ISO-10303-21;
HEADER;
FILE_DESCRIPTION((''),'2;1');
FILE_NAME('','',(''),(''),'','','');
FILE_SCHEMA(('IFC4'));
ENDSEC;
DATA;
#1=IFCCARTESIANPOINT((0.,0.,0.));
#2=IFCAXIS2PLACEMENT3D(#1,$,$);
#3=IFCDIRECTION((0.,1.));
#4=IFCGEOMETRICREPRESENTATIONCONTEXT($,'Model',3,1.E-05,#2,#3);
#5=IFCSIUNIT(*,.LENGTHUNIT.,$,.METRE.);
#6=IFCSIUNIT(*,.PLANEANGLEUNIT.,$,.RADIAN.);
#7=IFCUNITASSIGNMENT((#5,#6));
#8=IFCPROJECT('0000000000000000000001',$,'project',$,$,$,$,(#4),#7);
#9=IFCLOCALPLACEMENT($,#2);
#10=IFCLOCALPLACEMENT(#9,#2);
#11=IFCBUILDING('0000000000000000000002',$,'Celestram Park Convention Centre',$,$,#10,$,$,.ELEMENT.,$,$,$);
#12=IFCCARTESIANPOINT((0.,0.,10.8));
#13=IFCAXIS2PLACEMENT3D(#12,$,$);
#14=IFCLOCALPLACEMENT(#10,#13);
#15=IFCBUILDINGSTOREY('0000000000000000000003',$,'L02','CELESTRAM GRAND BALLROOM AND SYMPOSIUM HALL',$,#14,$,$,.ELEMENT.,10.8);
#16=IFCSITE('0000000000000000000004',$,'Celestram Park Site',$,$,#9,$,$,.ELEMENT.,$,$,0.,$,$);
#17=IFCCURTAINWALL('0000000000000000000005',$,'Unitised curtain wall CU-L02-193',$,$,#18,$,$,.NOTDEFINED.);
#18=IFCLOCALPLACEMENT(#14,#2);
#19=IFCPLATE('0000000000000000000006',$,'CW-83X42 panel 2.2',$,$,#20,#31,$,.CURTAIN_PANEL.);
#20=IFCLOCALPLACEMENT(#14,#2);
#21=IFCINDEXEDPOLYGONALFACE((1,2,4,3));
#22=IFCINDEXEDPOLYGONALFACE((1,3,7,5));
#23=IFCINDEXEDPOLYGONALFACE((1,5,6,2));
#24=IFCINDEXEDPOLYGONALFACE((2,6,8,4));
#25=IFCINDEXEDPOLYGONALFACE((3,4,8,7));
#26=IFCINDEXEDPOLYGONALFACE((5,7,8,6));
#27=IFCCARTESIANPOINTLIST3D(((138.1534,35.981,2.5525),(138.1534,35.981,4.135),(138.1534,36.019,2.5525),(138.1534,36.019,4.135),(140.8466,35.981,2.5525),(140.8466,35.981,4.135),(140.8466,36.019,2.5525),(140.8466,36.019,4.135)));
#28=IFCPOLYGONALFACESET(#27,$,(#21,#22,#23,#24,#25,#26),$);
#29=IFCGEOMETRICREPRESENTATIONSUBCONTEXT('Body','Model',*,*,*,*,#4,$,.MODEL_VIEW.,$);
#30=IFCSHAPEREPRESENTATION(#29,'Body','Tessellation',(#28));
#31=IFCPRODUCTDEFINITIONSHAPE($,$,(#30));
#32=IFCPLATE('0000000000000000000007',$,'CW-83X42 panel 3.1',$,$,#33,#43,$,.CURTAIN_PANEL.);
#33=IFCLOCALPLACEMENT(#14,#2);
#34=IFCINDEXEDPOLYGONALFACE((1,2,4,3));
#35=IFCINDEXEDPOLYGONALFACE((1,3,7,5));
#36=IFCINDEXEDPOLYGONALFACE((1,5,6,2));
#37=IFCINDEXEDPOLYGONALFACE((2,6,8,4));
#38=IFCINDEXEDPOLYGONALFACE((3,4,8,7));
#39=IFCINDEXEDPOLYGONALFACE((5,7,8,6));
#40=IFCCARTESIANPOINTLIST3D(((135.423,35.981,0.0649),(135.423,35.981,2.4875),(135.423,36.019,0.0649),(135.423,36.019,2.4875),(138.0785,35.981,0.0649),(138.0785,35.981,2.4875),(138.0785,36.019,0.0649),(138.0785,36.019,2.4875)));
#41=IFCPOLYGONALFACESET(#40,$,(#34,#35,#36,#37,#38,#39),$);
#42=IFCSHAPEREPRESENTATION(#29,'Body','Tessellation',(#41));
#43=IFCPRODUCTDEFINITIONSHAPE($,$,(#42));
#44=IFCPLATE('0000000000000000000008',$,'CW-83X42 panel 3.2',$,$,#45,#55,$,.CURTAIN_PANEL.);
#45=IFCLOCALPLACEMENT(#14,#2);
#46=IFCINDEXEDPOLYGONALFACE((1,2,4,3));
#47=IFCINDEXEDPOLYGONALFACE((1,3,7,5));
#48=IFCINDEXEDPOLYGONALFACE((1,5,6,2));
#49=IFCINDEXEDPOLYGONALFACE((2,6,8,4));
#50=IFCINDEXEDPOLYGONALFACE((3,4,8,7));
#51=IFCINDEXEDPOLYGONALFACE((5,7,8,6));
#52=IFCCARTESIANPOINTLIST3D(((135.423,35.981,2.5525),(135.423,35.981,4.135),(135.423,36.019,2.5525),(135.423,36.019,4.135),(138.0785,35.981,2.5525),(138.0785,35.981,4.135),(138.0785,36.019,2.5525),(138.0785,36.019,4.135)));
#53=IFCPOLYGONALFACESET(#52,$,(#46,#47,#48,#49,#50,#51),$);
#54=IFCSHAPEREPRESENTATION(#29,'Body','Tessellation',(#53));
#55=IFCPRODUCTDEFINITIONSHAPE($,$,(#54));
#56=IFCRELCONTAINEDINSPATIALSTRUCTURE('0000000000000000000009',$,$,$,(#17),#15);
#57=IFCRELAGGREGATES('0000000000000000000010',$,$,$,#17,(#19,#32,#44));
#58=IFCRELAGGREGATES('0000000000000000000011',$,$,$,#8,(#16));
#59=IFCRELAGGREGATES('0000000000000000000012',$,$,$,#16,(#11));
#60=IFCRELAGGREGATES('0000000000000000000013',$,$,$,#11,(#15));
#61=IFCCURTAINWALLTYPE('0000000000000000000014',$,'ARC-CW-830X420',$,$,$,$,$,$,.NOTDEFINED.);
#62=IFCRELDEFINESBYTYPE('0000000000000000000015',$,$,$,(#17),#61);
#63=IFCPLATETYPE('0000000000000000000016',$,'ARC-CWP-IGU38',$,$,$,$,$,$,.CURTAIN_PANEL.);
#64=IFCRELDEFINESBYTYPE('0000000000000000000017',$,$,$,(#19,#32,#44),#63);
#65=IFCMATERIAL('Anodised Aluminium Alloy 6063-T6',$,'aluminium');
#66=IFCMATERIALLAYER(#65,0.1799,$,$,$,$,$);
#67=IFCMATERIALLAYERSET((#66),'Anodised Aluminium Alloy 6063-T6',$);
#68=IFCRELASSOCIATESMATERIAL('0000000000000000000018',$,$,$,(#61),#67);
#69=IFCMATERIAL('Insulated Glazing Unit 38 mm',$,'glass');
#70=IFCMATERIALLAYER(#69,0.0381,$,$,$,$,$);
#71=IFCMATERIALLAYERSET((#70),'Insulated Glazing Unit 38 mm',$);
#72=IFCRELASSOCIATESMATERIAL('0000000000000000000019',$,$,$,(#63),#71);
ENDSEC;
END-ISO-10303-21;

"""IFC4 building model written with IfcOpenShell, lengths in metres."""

from ifc_helpers import new_model, si_unit, direction, frame, origin, origin_2d, place, context, subcontext, project, spatial, rectangle, extrude, material, layer, layer_set, type_object, element, aggregate, save


model = new_model("IFC4")

# Units and contexts
model_context = context("Model", 3, precision=1e-05, world=origin(), true_north=direction((0.0, 1.0)))
body_context = subcontext(model_context, "Body", "Model", "MODEL_VIEW")
ifc_project = project(units=[si_unit("LENGTHUNIT", "METRE"), si_unit("PLANEANGLEUNIT", "RADIAN")], contexts=[model_context])

# Site, building, storey
site_placement = place(None, origin())
site = spatial("IfcSite", under=ifc_project, at=site_placement, Name="Celestram Park Site", CompositionType="ELEMENT", RefElevation=0.0)
building_placement = place(site_placement, origin())
building = spatial("IfcBuilding", under=site, at=building_placement, Name="Celestram Park Convention Centre", CompositionType="ELEMENT")
storey_placement = place(building_placement, frame((0.0, 0.0, 10.8)))
storey = spatial("IfcBuildingStorey", under=building, at=storey_placement, Name="L02", Description="CELESTRAM GRAND BALLROOM AND SYMPOSIUM HALL", CompositionType="ELEMENT", Elevation=10.8)

# Curtain wall
ifc_material_1 = material(Name="Anodised Aluminium Alloy 6063-T6", Category="aluminium")
ifc_layer_1 = layer(ifc_material_1, 0.1799)
ifc_layer_set_1 = layer_set([ifc_layer_1], Name="Anodised Aluminium Alloy 6063-T6")
curtain_wall_type_1 = type_object("IfcCurtainWallType", Name="ARC-CW-830X420", PredefinedType="NOTDEFINED", material=ifc_layer_set_1)
curtain_wall_1_placement = place(storey_placement, origin())
curtain_wall_1 = element("IfcCurtainWall", 1, at=curtain_wall_1_placement, inside=storey, type_object=curtain_wall_type_1, Name="Unitised curtain wall CU-L02-193", PredefinedType="NOTDEFINED")

# Plates
ifc_material_2 = material(Name="Insulated Glazing Unit 38 mm", Category="glass")
ifc_layer_2 = layer(ifc_material_2, 0.0381)
ifc_layer_set_2 = layer_set([ifc_layer_2], Name="Insulated Glazing Unit 38 mm")
plate_type = type_object("IfcPlateType", Name="ARC-CWP-IGU38", PredefinedType="CURTAIN_PANEL", material=ifc_layer_set_2)
plate_1_placement = place(storey_placement, frame((139.5, 36.0, 2.5525), z_axis=(0.0, 0.0, 1.0), x_axis=(-1.0, 0.0, 0.0)))
plate_1 = element("IfcPlate", 2, at=plate_1_placement, type_object=plate_type, Name="CW-83X42 panel 2.2", PredefinedType="CURTAIN_PANEL", context=body_context, shape_type="SweptSolid", body=[
    extrude(rectangle(XDim=2.6931, YDim=0.0381, at=origin_2d()), origin(), (0.0, 0.0, 1.0), 1.5825),
])
plate_2_placement = place(storey_placement, frame((136.7507, 36.0, 0.0649), z_axis=(0.0, 0.0, 1.0), x_axis=(-1.0, 0.0, 0.0)))
plate_2 = element("IfcPlate", 3, at=plate_2_placement, type_object=plate_type, Name="CW-83X42 panel 3.1", PredefinedType="CURTAIN_PANEL", context=body_context, shape_type="SweptSolid", body=[
    extrude(rectangle(XDim=2.6555, YDim=0.0381, at=origin_2d()), origin(), (0.0, 0.0, 1.0), 2.4226),
])
plate_3_placement = place(storey_placement, frame((136.7507, 36.0, 2.5525), z_axis=(0.0, 0.0, 1.0), x_axis=(-1.0, 0.0, 0.0)))
plate_3 = element("IfcPlate", 4, at=plate_3_placement, type_object=plate_type, Name="CW-83X42 panel 3.2", PredefinedType="CURTAIN_PANEL", context=body_context, shape_type="SweptSolid", body=[
    extrude(rectangle(XDim=2.6555, YDim=0.0381, at=origin_2d()), origin(), (0.0, 0.0, 1.0), 1.5825),
])
aggregate(curtain_wall_1, [plate_1, plate_2, plate_3])

save(model, "model.ifc")
